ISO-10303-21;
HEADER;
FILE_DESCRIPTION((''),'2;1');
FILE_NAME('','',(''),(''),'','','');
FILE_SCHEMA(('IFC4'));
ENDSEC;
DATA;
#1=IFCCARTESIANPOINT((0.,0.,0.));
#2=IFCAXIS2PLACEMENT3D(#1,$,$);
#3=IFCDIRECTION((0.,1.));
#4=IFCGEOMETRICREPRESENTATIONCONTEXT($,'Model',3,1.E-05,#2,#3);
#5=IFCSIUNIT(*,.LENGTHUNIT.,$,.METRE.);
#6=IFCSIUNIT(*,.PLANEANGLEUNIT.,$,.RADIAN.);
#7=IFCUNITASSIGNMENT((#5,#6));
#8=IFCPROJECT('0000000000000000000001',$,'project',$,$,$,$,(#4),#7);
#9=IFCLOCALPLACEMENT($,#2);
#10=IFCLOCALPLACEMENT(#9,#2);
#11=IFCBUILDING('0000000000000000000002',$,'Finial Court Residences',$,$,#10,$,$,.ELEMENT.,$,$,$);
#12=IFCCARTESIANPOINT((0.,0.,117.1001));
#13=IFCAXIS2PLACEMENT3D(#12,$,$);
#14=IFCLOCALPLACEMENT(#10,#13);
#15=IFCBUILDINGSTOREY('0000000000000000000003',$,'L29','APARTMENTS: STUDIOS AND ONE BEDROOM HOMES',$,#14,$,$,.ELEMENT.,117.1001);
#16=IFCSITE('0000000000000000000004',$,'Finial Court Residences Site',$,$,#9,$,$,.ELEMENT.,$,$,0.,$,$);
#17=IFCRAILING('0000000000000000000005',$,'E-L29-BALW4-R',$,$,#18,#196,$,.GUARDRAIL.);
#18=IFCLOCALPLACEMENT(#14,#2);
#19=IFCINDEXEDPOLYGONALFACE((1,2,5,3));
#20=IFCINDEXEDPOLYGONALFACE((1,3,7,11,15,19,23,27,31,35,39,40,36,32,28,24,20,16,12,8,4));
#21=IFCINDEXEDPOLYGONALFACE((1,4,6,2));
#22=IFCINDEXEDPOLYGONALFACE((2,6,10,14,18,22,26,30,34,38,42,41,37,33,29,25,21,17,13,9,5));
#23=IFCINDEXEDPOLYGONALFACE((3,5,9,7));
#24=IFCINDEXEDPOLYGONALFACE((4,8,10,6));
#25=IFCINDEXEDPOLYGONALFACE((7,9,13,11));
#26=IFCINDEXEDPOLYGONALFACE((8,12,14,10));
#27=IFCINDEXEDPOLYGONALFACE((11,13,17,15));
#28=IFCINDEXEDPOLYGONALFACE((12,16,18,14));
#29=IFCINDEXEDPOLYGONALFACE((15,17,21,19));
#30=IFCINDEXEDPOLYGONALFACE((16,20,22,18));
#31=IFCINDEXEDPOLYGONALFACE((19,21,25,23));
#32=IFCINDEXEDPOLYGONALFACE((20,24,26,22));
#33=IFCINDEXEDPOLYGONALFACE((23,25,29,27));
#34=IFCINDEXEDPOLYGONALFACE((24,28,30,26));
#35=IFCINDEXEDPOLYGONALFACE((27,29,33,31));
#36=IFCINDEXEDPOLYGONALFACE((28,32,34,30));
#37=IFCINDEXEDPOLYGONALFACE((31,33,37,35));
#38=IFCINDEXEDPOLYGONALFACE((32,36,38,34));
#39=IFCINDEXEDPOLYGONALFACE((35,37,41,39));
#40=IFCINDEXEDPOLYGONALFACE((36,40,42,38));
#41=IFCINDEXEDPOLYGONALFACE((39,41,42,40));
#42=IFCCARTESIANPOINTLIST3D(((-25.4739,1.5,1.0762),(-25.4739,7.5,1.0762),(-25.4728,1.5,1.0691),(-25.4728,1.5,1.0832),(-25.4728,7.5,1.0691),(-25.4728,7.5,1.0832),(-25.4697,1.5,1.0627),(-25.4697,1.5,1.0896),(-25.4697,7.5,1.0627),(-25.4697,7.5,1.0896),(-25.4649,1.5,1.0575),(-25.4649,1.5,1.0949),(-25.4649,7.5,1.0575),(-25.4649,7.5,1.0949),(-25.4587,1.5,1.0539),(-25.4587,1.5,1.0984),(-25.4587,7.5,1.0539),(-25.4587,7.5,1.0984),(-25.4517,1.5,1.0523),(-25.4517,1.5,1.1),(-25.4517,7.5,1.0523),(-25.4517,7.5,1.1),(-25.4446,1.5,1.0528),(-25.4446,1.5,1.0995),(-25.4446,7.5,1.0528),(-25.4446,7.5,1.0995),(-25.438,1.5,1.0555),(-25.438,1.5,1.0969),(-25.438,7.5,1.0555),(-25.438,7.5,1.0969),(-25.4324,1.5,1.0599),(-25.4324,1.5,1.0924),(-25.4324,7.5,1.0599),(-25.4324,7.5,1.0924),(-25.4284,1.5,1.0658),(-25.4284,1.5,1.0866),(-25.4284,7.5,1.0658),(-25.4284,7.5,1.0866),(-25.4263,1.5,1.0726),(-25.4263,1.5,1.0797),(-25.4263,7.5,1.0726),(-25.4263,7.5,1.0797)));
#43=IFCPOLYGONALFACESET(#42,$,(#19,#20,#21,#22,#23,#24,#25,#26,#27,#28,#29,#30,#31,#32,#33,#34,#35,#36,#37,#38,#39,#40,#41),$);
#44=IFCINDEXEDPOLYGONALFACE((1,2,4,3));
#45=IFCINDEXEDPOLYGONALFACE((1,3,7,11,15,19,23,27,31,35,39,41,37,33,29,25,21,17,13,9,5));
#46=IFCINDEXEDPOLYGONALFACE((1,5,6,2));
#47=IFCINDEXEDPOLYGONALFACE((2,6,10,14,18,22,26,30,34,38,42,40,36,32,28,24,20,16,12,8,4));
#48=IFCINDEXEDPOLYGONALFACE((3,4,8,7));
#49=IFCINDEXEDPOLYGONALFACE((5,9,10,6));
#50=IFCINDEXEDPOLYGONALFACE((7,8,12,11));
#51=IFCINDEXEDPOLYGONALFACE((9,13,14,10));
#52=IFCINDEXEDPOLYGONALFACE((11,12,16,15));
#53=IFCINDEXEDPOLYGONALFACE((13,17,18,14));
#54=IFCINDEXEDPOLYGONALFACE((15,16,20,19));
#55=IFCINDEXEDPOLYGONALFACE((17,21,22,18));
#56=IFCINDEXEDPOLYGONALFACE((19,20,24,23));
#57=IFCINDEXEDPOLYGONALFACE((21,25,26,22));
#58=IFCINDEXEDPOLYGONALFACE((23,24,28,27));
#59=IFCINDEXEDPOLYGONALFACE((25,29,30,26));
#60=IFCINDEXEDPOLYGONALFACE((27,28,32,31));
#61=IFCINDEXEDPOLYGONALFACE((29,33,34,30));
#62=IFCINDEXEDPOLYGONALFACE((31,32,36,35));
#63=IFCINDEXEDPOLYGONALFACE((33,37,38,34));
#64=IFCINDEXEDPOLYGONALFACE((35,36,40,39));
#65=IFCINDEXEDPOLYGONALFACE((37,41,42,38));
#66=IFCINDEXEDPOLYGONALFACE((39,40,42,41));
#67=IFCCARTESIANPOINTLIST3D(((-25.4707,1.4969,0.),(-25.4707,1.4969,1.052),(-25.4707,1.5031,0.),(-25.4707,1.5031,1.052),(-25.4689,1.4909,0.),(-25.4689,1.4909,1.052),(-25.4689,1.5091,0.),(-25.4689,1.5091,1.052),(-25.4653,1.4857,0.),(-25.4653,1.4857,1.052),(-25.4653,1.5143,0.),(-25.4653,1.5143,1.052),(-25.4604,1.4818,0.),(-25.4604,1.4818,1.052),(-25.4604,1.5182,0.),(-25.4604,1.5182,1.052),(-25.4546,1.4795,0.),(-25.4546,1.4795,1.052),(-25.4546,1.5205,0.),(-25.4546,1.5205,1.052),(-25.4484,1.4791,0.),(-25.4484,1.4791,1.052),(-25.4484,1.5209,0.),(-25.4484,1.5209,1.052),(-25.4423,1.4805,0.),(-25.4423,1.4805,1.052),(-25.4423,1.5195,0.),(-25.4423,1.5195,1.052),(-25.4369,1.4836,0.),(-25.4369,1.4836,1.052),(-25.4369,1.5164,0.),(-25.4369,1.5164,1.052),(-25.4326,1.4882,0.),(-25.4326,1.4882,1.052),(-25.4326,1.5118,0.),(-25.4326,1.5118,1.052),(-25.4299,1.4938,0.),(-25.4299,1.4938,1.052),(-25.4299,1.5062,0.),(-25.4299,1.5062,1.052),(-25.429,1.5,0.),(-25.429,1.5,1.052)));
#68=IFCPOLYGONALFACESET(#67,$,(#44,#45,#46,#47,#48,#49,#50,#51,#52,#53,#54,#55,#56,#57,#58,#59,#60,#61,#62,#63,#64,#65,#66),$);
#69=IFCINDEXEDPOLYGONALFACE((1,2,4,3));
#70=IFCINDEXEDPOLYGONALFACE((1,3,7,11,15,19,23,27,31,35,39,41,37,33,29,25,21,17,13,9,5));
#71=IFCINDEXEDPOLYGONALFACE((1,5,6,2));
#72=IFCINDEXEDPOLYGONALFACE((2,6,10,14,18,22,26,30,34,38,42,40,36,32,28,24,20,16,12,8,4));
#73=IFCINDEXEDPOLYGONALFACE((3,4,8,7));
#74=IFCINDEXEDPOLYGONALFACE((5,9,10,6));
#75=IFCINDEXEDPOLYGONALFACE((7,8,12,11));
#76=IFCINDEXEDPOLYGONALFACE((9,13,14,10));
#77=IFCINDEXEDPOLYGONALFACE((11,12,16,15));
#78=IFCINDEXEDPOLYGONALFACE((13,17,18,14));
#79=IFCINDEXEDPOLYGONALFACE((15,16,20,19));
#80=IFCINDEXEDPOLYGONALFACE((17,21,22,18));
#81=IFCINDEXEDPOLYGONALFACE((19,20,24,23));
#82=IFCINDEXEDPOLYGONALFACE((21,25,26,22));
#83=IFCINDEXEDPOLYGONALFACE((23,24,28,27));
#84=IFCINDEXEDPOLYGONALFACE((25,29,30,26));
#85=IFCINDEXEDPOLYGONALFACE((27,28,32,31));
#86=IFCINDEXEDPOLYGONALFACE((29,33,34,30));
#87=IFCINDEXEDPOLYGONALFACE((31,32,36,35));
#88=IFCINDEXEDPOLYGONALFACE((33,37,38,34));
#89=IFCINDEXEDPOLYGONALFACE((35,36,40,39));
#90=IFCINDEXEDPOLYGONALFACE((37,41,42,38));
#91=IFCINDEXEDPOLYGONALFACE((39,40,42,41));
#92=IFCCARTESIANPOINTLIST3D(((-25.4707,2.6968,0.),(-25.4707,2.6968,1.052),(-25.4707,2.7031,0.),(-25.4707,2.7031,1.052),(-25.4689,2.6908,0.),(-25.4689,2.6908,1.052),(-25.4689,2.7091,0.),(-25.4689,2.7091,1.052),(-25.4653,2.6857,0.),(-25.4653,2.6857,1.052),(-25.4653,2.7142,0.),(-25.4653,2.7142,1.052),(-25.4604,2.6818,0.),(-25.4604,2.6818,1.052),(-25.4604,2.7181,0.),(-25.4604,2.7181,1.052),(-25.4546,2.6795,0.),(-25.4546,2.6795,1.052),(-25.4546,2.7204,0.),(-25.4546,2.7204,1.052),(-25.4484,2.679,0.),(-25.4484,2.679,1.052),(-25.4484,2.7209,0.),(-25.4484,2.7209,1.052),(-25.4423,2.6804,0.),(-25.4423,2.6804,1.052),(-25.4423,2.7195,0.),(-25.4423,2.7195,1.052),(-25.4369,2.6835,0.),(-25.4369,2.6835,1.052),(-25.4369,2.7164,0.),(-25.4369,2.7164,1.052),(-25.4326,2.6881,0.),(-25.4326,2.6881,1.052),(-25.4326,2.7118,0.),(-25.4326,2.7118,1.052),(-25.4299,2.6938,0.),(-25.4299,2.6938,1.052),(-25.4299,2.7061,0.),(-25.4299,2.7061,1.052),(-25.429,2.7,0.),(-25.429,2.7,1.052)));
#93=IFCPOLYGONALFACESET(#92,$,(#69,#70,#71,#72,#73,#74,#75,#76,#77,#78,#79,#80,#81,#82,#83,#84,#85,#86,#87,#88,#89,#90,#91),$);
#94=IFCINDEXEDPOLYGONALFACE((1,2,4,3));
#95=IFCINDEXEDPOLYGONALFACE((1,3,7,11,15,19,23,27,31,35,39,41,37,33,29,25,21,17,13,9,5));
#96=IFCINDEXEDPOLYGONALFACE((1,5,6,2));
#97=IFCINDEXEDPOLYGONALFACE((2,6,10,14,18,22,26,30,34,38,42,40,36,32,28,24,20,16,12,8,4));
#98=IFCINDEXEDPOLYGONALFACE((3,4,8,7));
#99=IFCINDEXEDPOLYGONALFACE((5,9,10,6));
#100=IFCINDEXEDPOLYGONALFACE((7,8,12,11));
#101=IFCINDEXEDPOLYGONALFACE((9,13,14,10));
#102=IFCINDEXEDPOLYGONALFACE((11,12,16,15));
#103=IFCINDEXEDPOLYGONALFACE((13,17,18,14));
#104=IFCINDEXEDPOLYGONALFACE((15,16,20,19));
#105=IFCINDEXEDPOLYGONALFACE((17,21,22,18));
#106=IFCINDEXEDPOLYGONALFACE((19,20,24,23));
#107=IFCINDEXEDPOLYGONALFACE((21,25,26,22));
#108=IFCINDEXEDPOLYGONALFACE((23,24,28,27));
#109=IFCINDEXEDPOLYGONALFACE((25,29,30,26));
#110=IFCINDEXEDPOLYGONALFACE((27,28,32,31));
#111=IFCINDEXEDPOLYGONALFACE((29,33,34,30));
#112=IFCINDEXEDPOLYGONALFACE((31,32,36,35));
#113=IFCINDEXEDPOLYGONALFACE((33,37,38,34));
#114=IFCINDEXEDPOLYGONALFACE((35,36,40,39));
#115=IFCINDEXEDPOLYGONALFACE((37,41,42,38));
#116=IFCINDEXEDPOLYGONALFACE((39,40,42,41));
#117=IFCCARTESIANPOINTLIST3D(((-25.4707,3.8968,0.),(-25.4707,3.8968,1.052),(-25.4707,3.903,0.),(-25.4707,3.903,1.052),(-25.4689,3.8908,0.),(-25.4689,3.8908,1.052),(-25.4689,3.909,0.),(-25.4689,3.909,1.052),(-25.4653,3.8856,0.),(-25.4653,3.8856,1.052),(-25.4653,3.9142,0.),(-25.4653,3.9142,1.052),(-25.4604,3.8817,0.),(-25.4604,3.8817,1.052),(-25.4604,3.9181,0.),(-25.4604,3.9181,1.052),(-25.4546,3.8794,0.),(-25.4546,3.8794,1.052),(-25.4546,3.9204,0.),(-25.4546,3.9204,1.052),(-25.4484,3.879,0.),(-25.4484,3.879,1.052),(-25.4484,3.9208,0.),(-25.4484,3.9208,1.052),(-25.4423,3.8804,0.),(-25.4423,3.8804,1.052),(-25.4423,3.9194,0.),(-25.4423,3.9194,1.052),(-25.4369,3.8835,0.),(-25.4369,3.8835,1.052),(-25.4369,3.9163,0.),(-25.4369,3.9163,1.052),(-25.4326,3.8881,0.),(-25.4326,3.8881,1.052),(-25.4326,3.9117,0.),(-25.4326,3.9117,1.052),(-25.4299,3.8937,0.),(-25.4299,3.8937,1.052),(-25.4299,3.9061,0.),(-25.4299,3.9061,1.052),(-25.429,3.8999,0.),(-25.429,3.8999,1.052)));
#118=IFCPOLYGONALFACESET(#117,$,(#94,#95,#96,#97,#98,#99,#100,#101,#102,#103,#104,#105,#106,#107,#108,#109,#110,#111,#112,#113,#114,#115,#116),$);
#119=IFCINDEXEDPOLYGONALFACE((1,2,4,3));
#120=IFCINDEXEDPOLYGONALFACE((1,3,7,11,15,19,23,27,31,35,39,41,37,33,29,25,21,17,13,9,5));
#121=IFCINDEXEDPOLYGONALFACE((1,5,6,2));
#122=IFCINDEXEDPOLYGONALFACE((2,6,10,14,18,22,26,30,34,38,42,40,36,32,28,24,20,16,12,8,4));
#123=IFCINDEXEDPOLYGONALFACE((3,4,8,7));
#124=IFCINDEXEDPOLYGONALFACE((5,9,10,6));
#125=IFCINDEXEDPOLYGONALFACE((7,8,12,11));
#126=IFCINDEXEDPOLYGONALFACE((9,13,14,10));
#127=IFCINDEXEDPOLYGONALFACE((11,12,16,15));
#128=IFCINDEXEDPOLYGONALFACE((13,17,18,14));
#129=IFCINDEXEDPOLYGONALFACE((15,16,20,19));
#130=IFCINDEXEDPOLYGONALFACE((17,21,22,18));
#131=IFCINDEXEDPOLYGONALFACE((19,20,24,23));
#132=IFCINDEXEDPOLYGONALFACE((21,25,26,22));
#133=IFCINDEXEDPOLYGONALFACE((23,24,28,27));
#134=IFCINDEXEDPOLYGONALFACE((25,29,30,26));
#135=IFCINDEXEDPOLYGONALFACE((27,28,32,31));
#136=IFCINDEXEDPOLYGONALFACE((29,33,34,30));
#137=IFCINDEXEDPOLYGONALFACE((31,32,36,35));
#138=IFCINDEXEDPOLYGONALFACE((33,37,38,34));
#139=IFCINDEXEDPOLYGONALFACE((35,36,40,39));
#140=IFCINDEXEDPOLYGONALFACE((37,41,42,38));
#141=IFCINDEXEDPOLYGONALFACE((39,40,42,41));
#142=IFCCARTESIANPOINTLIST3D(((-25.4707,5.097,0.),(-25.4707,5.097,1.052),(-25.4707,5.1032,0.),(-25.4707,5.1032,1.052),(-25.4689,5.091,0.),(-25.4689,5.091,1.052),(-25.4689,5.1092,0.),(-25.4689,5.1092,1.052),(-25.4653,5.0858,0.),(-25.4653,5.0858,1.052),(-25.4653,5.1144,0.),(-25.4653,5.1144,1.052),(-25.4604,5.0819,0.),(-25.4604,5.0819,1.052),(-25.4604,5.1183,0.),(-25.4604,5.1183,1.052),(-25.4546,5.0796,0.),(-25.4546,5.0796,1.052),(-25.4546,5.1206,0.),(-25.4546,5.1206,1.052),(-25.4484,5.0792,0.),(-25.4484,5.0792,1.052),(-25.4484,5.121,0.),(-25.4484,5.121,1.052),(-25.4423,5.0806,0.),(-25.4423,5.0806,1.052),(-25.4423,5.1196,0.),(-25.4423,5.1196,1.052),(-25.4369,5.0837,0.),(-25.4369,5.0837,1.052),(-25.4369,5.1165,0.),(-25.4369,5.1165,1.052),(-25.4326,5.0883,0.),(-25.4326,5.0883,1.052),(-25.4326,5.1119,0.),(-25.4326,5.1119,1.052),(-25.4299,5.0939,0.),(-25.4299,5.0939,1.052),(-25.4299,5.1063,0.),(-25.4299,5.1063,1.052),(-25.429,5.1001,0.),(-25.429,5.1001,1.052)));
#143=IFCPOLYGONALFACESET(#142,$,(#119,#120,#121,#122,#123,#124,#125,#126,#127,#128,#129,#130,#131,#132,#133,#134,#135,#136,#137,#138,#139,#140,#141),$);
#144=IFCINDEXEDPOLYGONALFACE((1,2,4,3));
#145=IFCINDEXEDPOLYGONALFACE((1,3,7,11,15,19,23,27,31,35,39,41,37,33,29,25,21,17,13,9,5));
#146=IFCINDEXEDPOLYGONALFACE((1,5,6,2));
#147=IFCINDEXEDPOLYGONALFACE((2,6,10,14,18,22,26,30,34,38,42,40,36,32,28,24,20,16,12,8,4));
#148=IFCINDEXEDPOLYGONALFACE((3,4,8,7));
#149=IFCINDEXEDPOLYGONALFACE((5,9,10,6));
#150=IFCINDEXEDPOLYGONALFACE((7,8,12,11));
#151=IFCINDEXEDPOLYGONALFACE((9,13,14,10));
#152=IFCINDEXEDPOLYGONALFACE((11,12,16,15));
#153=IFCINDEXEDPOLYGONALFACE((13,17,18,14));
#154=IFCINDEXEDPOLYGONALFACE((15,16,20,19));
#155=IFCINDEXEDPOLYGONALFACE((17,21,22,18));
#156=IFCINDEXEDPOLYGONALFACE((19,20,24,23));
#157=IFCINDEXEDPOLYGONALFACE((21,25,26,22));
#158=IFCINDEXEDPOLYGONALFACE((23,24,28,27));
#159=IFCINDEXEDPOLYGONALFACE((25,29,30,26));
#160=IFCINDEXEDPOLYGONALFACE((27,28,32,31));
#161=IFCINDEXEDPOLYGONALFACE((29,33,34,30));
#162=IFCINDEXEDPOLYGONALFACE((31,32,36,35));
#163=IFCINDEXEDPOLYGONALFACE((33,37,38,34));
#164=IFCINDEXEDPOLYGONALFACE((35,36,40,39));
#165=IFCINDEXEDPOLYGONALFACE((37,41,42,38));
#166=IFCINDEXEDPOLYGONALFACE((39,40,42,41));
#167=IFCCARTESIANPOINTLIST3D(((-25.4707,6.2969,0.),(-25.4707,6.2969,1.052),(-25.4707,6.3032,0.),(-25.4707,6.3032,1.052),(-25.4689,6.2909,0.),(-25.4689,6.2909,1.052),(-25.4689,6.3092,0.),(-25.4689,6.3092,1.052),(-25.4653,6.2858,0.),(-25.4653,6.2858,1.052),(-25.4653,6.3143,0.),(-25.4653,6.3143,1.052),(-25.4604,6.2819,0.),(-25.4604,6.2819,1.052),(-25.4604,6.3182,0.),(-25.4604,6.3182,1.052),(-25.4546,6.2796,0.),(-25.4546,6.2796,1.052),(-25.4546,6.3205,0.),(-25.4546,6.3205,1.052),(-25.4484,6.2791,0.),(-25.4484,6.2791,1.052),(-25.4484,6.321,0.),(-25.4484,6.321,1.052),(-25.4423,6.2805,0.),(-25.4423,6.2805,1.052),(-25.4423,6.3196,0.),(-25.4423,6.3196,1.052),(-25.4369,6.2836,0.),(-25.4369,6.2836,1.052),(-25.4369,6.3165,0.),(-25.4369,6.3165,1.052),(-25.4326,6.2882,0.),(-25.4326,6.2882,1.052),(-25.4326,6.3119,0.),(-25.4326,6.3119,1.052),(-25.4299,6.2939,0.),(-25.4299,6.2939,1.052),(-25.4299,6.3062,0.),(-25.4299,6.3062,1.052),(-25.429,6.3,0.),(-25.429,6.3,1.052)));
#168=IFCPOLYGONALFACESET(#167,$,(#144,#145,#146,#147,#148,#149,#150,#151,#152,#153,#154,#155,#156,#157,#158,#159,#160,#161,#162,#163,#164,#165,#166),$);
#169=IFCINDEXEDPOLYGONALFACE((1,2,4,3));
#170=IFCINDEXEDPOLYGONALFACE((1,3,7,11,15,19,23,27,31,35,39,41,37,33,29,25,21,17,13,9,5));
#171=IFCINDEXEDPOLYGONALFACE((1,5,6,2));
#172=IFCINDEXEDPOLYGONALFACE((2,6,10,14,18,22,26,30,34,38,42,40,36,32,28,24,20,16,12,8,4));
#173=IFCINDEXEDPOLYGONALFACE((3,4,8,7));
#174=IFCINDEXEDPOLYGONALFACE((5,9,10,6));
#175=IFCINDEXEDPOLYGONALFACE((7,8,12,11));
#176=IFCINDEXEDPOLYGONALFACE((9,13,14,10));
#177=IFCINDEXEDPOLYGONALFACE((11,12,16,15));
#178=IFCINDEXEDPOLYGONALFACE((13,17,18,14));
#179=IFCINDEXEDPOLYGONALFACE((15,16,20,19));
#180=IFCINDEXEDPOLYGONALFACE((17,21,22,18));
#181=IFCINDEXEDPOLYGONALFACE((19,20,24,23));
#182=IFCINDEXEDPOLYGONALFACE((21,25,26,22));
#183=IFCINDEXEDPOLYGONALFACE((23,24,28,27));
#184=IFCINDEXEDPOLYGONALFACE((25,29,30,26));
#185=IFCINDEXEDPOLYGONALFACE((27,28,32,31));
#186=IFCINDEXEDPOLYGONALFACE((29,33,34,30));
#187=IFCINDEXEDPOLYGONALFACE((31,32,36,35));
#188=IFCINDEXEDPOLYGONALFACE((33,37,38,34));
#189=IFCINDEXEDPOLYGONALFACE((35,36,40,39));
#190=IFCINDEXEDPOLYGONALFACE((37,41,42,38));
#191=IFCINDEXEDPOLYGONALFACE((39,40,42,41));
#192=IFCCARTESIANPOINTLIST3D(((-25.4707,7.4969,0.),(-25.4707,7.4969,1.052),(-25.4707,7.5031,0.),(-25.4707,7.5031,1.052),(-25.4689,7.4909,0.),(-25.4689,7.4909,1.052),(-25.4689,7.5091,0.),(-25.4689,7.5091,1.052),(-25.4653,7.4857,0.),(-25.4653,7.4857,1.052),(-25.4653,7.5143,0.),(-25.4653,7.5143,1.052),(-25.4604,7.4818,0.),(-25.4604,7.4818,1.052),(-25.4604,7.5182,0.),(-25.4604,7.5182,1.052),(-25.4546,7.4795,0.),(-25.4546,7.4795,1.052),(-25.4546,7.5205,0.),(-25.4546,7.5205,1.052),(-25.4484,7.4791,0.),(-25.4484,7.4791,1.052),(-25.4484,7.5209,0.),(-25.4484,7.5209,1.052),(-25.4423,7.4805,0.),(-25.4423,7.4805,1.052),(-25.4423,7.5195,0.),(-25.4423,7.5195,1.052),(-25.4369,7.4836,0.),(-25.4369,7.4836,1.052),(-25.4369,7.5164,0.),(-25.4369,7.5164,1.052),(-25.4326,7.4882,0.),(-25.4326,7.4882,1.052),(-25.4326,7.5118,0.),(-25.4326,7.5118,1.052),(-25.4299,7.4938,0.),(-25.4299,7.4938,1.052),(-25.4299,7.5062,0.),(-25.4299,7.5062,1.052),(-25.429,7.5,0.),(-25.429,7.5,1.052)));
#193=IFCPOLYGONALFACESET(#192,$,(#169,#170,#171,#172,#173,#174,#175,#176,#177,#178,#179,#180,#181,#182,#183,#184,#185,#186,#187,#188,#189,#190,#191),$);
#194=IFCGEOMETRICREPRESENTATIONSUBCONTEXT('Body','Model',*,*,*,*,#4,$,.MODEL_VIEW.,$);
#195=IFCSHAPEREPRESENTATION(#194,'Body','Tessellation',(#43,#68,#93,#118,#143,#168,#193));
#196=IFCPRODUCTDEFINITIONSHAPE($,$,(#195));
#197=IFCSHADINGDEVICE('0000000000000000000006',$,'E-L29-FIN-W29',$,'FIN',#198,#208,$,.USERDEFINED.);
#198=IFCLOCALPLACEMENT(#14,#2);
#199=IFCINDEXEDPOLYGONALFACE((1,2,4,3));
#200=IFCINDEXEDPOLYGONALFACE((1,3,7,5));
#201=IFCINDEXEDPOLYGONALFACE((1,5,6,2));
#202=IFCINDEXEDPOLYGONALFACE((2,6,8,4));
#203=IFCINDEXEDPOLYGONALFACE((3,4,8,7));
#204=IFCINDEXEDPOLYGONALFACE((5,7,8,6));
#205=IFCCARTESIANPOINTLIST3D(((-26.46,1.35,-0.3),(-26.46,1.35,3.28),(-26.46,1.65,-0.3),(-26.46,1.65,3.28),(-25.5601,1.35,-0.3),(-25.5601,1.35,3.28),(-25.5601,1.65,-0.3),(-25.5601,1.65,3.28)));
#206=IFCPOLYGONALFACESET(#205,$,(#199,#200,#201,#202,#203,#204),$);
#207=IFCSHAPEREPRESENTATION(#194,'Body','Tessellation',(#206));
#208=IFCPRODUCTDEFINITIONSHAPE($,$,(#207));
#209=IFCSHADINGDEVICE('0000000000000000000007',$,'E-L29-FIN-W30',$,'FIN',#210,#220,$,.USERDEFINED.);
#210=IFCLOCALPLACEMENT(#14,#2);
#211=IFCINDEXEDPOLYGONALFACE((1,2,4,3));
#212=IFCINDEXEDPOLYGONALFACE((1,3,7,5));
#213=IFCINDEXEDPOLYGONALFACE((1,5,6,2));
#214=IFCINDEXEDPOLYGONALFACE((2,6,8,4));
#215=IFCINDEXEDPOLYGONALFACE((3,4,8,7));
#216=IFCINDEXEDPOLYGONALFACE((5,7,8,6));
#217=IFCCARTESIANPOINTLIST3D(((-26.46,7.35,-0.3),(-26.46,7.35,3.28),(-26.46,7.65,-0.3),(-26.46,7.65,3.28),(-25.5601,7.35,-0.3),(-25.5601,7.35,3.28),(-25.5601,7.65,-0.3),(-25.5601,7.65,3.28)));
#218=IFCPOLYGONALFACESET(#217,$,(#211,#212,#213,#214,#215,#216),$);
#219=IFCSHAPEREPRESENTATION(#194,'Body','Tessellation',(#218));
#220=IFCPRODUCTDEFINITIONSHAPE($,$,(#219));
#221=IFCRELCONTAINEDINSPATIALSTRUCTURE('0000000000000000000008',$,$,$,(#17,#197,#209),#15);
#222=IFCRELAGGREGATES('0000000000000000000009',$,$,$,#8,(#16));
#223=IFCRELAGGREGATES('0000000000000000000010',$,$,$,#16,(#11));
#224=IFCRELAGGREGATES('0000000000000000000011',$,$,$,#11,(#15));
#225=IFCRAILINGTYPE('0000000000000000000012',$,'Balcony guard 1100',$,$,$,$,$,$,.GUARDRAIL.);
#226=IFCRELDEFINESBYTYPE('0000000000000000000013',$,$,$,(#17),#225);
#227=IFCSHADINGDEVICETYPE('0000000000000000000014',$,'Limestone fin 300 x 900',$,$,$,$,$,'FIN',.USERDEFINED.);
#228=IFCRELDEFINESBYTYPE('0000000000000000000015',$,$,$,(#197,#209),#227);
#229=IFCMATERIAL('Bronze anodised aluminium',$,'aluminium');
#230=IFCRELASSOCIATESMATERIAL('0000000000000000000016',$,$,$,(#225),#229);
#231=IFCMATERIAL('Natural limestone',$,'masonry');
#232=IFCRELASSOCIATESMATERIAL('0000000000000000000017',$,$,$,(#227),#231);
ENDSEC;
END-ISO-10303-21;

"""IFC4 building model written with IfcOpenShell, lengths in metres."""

from ifc_helpers import new_model, si_unit, direction, frame, origin, origin_2d, place, context, subcontext, project, spatial, rectangle, circle, extrude, material, type_object, element, save


model = new_model("IFC4")

# Units and contexts
model_context = context("Model", 3, precision=1e-05, world=origin(), true_north=direction((0.0, 1.0)))
body_context = subcontext(model_context, "Body", "Model", "MODEL_VIEW")
ifc_project = project(units=[si_unit("LENGTHUNIT", "METRE"), si_unit("PLANEANGLEUNIT", "RADIAN")], contexts=[model_context])

# Site, building, storey
site_placement = place(None, origin())
site = spatial("IfcSite", under=ifc_project, at=site_placement, Name="Finial Court Residences Site", CompositionType="ELEMENT", RefElevation=0.0)
building_placement = place(site_placement, origin())
building = spatial("IfcBuilding", under=site, at=building_placement, Name="Finial Court Residences", CompositionType="ELEMENT")
storey_placement = place(building_placement, frame((0.0, 0.0, 117.1001)))
storey = spatial("IfcBuildingStorey", under=building, at=storey_placement, Name="L29", Description="APARTMENTS: STUDIOS AND ONE BEDROOM HOMES", CompositionType="ELEMENT", Elevation=117.1001)

# Shared definitions
ifc_material_1 = material(Name="Bronze anodised aluminium", Category="aluminium")

# Shared definitions
ifc_material_2 = material(Name="Natural limestone", Category="masonry")

# Railing
railing_type = type_object("IfcRailingType", Name="Balcony guard 1100", PredefinedType="GUARDRAIL", material=ifc_material_1)
railing_placement = place(storey_placement, frame((-25.45, 1.5, 0.0)))
element("IfcRailing", 1, at=railing_placement, inside=storey, type_object=railing_type, Name="E-L29-BALW4-R", PredefinedType="GUARDRAIL", context=body_context, shape_type="SweptSolid", body=[
    extrude(circle(Radius=0.0239, at=origin_2d()), frame((0.0, 0.0, 1.0762), z_axis=(0.0, 1.0, 0.0), x_axis=(-1.0, 0.0, 0.0)), (0.0, 0.0, 1.0), 6.0),
    extrude(circle(Radius=0.021, at=origin_2d()), origin(), (0.0, 0.0, 1.0), 1.052),
    extrude(circle(Radius=0.021, at=origin_2d()), frame((0.0, 1.2, 0.0)), (0.0, 0.0, 1.0), 1.052),
    extrude(circle(Radius=0.021, at=origin_2d()), frame((0.0, 2.3999, 0.0)), (0.0, 0.0, 1.0), 1.052),
    extrude(circle(Radius=0.021, at=origin_2d()), frame((0.0, 3.6001, 0.0)), (0.0, 0.0, 1.0), 1.052),
    extrude(circle(Radius=0.021, at=origin_2d()), frame((0.0, 4.8, 0.0)), (0.0, 0.0, 1.0), 1.052),
    extrude(circle(Radius=0.021, at=origin_2d()), frame((0.0, 6.0, 0.0)), (0.0, 0.0, 1.0), 1.052),
])

# Shading devices
shading_device_type = type_object("IfcShadingDeviceType", Name="Limestone fin 300 x 900", ElementType="FIN", PredefinedType="USERDEFINED", material=ifc_material_2)
for number, where, z_axis, x_axis, name in (
    (2, (-26.01, 1.5, -0.3), (0.0, 0.0, 1.0), (1.0, 0.0, 0.0), "E-L29-FIN-W29"),
    (3, (-26.01, 7.5, -0.3), (0.0, 0.0, 1.0), (1.0, 0.0, 0.0), "E-L29-FIN-W30"),
):
    element("IfcShadingDevice", number, at=place(storey_placement, frame(where, z_axis=z_axis, x_axis=x_axis)), inside=storey, type_object=shading_device_type, Name=name, ObjectType="FIN", PredefinedType="USERDEFINED", context=body_context, shape_type="SweptSolid", body=[
        extrude(rectangle(XDim=0.8999, YDim=0.3, at=origin_2d()), origin(), (0.0, 0.0, 1.0), 3.5801),
    ])

save(model, "model.ifc")
